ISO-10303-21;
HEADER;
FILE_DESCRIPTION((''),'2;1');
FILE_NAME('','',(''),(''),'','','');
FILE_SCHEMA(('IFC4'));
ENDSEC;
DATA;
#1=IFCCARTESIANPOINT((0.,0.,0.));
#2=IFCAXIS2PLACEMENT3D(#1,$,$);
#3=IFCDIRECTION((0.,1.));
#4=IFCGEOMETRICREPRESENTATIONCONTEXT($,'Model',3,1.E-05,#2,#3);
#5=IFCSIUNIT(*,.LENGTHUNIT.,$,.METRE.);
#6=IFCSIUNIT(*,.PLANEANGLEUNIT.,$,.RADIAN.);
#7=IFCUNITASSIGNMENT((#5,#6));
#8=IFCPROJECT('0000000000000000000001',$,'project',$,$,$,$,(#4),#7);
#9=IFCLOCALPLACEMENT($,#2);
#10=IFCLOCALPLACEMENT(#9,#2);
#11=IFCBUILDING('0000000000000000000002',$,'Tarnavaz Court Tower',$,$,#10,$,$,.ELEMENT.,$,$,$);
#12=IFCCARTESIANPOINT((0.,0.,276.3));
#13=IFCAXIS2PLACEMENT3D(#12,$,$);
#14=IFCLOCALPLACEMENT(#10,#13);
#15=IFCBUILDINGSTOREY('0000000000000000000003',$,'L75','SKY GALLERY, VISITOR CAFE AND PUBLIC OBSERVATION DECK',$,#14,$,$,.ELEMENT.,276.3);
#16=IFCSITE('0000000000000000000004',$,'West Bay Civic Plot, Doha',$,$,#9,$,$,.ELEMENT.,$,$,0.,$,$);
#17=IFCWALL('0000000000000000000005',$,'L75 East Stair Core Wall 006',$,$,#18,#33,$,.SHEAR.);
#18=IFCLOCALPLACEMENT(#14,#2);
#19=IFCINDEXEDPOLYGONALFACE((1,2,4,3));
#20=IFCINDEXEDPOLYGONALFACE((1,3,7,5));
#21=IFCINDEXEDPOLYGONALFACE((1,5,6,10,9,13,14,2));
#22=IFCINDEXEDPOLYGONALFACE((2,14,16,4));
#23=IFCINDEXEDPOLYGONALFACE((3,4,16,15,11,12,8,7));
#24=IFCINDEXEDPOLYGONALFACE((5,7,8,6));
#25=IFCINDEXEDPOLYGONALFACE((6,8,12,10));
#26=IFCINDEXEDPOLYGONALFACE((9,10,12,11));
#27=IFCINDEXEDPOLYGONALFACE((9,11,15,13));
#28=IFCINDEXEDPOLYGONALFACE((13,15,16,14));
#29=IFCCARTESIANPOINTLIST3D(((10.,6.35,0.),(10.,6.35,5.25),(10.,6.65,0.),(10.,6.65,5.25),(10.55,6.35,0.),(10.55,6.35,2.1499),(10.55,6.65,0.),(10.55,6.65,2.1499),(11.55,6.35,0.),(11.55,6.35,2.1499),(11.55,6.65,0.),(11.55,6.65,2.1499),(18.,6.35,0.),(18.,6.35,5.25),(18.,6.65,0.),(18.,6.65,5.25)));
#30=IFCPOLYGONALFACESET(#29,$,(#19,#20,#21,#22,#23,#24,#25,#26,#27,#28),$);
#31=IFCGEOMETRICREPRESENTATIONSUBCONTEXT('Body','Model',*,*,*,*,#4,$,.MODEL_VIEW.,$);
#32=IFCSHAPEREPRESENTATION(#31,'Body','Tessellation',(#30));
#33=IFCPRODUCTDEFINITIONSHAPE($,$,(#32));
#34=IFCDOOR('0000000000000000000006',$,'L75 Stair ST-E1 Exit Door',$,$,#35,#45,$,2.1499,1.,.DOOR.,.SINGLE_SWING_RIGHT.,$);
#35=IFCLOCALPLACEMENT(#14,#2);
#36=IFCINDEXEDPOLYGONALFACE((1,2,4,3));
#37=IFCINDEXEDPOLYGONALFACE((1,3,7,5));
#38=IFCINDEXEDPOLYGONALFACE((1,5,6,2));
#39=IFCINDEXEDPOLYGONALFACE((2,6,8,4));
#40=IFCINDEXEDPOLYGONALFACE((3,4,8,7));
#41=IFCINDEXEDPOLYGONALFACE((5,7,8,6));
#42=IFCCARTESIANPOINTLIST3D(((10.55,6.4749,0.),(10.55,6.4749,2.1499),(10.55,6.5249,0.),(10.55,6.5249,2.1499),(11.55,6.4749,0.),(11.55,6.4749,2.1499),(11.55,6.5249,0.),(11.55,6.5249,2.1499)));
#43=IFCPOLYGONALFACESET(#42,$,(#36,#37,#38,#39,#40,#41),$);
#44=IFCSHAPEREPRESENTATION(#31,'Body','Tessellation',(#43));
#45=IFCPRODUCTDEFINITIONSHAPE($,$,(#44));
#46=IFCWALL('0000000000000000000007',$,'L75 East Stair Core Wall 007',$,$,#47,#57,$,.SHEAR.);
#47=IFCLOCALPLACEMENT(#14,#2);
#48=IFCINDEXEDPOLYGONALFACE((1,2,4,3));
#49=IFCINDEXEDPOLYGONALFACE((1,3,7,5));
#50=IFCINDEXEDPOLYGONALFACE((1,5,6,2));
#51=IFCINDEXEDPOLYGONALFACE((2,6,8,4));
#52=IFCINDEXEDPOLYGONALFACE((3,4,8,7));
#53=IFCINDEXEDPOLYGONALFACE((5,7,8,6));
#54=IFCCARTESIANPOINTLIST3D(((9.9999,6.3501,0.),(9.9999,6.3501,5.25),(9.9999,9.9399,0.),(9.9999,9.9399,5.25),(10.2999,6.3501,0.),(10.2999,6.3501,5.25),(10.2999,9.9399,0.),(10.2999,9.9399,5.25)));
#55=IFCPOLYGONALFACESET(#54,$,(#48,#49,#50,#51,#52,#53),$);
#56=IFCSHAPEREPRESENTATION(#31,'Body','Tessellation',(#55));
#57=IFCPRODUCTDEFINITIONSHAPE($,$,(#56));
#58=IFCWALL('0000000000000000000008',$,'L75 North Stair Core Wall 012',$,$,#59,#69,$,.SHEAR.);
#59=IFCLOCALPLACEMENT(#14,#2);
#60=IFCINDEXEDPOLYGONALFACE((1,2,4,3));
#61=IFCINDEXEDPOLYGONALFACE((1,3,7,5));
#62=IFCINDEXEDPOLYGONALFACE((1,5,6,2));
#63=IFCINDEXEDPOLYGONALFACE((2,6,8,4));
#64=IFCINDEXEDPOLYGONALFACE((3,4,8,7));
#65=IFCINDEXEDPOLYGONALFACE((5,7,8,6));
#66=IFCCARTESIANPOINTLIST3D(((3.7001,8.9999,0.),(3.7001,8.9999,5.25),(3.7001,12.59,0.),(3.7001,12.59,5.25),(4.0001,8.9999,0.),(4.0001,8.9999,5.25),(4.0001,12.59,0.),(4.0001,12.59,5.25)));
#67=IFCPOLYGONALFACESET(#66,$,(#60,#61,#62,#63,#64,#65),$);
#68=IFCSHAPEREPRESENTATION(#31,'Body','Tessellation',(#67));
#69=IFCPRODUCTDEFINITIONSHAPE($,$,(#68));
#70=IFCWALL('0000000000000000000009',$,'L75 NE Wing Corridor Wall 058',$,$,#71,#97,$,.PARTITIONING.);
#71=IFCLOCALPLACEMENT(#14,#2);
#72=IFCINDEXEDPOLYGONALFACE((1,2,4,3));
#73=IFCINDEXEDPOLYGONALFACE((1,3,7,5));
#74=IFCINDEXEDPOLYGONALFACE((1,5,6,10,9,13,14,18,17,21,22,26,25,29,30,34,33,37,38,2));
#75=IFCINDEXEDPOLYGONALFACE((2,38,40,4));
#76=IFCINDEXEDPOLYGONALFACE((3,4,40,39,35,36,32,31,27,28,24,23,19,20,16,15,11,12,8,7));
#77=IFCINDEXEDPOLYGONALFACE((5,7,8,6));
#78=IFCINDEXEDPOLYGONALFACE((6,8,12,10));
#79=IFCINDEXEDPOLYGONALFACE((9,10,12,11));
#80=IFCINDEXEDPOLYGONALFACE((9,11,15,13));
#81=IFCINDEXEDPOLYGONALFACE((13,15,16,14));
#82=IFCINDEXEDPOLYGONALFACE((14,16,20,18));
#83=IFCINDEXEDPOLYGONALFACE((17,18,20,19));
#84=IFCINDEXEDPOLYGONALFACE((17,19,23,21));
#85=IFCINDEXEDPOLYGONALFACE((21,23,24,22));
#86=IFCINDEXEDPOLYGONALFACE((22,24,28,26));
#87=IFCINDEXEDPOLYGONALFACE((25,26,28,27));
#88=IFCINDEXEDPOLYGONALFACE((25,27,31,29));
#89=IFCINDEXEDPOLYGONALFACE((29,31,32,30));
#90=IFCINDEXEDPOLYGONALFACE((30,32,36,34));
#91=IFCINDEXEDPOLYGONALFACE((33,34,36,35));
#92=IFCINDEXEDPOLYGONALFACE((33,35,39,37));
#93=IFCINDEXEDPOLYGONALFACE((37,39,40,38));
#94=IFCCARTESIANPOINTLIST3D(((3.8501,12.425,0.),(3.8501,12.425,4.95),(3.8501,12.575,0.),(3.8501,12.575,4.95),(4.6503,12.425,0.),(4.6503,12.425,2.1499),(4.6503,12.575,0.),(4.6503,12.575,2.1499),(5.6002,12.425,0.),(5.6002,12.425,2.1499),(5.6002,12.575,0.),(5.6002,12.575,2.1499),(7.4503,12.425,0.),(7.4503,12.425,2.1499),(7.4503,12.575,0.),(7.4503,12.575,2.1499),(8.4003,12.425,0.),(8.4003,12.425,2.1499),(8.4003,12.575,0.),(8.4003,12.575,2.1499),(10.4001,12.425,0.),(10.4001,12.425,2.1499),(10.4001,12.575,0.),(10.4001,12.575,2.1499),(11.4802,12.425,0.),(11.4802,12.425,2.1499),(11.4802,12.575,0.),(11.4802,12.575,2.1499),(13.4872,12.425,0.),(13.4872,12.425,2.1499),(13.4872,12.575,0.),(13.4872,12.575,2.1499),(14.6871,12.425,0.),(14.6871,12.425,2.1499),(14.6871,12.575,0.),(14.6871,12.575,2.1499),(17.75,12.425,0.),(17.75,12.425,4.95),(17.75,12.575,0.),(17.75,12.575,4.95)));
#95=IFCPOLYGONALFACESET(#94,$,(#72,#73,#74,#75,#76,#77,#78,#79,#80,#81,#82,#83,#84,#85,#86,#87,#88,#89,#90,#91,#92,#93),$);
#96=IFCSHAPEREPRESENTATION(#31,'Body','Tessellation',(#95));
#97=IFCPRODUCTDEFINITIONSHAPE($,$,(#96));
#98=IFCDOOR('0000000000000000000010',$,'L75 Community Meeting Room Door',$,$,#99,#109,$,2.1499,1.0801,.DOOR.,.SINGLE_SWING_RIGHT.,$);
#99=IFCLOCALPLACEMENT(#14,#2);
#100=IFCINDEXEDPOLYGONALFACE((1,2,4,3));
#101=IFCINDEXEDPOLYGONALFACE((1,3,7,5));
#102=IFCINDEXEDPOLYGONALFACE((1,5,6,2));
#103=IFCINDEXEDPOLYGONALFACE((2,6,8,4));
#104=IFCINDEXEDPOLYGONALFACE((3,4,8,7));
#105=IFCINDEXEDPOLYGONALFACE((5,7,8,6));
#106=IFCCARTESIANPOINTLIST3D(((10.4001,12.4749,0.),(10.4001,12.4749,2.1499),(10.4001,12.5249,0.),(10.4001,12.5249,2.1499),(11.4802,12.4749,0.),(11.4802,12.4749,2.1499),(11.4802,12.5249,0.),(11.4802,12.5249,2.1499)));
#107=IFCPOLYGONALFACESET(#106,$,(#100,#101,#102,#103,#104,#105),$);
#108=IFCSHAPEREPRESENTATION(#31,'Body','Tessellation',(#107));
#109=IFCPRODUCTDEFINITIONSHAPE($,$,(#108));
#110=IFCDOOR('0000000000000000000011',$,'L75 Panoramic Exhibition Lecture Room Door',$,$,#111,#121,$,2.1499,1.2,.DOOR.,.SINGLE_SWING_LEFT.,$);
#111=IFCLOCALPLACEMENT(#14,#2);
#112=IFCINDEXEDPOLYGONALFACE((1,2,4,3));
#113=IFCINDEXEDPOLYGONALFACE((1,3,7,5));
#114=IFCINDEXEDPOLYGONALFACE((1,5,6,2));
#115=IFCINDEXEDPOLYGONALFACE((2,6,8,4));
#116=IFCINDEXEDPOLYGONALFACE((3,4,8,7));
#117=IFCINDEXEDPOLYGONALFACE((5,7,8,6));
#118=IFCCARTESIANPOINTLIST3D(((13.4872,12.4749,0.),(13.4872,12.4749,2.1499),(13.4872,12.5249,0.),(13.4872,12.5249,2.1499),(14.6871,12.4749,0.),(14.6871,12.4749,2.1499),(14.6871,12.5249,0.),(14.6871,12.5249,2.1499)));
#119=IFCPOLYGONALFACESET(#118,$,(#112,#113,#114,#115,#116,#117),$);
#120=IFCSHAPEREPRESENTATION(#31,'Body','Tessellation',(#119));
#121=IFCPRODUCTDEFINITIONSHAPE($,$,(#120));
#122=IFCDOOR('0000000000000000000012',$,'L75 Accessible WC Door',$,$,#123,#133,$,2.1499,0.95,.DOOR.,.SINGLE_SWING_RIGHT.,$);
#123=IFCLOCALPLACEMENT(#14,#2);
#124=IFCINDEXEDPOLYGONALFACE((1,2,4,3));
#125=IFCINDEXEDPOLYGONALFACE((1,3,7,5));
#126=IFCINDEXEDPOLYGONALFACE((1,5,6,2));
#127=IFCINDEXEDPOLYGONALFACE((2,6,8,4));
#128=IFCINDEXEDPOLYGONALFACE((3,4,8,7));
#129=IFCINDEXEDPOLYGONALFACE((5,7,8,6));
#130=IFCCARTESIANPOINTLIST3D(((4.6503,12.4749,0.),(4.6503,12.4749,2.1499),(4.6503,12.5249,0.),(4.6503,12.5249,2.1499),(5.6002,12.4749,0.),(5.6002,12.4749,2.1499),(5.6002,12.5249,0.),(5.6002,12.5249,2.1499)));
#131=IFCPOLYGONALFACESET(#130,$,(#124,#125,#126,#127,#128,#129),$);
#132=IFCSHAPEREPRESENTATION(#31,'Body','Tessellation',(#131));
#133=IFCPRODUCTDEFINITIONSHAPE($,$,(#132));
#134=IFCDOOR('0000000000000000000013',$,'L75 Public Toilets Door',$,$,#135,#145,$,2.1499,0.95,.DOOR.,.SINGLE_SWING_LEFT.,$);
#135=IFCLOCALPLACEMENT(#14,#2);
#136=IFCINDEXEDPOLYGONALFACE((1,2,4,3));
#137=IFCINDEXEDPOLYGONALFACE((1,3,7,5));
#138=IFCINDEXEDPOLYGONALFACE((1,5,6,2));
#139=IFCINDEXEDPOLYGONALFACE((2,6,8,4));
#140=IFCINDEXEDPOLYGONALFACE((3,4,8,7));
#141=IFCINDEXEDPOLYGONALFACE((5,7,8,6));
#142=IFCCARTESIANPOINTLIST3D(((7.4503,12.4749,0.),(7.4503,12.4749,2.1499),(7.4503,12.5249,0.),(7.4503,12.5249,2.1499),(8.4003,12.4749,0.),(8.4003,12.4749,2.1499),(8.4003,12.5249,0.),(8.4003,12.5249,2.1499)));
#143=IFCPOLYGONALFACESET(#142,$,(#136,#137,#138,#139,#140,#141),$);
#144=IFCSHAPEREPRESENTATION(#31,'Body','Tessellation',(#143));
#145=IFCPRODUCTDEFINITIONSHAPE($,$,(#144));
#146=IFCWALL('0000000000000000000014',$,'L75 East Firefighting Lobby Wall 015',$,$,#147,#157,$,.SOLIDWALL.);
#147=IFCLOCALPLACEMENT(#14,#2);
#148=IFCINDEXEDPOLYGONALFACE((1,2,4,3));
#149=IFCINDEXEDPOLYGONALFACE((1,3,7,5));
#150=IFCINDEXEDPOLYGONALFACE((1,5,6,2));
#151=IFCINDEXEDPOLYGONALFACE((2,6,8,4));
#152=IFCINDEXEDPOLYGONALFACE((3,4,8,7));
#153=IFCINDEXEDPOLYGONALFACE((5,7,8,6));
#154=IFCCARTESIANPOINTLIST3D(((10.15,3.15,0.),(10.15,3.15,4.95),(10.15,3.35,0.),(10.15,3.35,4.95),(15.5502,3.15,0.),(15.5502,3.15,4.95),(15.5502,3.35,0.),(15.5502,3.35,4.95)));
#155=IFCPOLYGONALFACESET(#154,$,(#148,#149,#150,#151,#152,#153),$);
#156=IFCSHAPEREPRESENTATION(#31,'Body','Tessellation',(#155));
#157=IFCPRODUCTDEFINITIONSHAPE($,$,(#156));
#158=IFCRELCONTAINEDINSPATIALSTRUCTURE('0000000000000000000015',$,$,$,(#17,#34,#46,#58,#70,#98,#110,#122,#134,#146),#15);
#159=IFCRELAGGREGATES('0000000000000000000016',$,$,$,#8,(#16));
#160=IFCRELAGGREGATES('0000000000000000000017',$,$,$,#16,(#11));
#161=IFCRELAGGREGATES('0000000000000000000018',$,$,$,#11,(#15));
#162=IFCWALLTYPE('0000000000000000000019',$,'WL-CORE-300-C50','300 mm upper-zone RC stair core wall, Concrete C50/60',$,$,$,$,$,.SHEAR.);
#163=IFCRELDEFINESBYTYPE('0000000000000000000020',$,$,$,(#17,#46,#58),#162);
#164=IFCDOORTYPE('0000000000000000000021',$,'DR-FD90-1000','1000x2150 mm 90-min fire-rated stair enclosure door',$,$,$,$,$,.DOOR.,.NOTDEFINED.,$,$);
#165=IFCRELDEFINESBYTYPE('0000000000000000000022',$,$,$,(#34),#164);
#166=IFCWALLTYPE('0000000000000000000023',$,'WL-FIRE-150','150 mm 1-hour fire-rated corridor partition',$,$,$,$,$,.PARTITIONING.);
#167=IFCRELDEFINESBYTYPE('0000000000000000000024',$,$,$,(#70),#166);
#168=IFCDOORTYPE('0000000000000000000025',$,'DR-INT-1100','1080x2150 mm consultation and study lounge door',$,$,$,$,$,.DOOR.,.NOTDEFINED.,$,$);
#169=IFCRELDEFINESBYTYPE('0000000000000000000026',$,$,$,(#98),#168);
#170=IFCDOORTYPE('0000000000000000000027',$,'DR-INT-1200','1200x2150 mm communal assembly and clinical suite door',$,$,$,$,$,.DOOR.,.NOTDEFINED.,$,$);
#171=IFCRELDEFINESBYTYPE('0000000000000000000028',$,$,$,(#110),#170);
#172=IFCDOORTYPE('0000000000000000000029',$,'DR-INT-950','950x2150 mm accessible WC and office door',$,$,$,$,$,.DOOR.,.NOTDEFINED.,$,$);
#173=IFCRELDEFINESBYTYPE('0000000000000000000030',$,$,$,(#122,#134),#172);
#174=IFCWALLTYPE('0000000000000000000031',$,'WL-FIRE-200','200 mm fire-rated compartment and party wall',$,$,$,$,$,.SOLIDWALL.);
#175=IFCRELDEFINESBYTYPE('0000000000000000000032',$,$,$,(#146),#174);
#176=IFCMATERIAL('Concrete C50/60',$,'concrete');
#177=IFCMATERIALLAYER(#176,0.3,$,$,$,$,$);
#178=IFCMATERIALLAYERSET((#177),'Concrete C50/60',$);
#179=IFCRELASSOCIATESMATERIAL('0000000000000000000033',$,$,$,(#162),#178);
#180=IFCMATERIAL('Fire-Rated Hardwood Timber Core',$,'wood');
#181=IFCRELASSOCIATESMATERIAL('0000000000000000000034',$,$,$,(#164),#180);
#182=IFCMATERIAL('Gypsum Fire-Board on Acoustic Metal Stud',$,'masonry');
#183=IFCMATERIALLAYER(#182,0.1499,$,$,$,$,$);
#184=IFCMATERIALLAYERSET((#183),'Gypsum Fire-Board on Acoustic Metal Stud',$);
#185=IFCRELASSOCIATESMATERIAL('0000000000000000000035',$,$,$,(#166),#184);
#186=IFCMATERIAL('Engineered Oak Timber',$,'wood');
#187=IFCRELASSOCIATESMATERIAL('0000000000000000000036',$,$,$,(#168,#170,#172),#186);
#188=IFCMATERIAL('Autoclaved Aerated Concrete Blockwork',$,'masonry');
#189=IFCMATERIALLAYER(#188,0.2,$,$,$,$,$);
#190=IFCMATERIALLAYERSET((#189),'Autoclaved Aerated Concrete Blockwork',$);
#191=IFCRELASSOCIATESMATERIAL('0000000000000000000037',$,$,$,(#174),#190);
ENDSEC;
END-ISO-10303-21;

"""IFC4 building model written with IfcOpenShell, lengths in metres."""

from ifc_helpers import new_model, si_unit, direction, frame, frame_2d, origin, place, context, subcontext, project, spatial, rectangle, extrude, material, layer, layer_set, type_object, element, fill, save


model = new_model("IFC4")

# Units and contexts
model_context = context("Model", 3, precision=1e-05, world=origin(), true_north=direction((0.0, 1.0)))
body_context = subcontext(model_context, "Body", "Model", "MODEL_VIEW")
ifc_project = project(units=[si_unit("LENGTHUNIT", "METRE"), si_unit("PLANEANGLEUNIT", "RADIAN")], contexts=[model_context])

# Site, building, storey
site_placement = place(None, origin())
site = spatial("IfcSite", under=ifc_project, at=site_placement, Name="West Bay Civic Plot, Doha", CompositionType="ELEMENT", RefElevation=0.0)
building_placement = place(site_placement, origin())
building = spatial("IfcBuilding", under=site, at=building_placement, Name="Tarnavaz Court Tower", CompositionType="ELEMENT")
storey_placement = place(building_placement, frame((0.0, 0.0, 276.3)))
storey = spatial("IfcBuildingStorey", under=building, at=storey_placement, Name="L75", Description="SKY GALLERY, VISITOR CAFE AND PUBLIC OBSERVATION DECK", CompositionType="ELEMENT", Elevation=276.3)

# Shared definitions
ifc_material_1 = material(Name="Concrete C50/60", Category="concrete")

# Shared definitions
ifc_layer_1 = layer(ifc_material_1, 0.3)
ifc_layer_set_1 = layer_set([ifc_layer_1], Name="Concrete C50/60")
wall_type_1 = type_object("IfcWallType", Name="WL-CORE-300-C50", Description="300 mm upper-zone RC stair core wall, Concrete C50/60", PredefinedType="SHEAR", material=ifc_layer_set_1)

# Wall, opening, door
wall_1_placement = place(storey_placement, frame((10.0, 6.5, 0.0), z_axis=(0.0, 0.0, 1.0), x_axis=(1.0, 0.0, 0.0)))
wall_1 = element("IfcWall", 1, at=wall_1_placement, inside=storey, type_object=wall_type_1, Name="L75 East Stair Core Wall 006", PredefinedType="SHEAR", context=body_context, shape_type="SweptSolid", body=[
    extrude(rectangle(XDim=8.0, YDim=0.3, at=frame_2d((4.0, 0.0))), origin(), (0.0, 0.0, 1.0), 5.25),
])
opening_1_placement = place(wall_1_placement, frame((0.55, 0.0, 0.0)))
opening_1 = element("IfcOpeningElement", 2, at=opening_1_placement, cuts=wall_1, PredefinedType="OPENING", context=body_context, shape_type="SweptSolid", body=[
    extrude(rectangle(XDim=1.0, YDim=2.1499, at=frame_2d((0.5, 1.075))), frame((0.0, 0.1599, 0.0), z_axis=(0.0, -1.0, 0.0), x_axis=(1.0, 0.0, 0.0)), (0.0, 0.0, 1.0), 0.3201),
])
ifc_material_2 = material(Name="Fire-Rated Hardwood Timber Core", Category="wood")
door_type_1 = type_object("IfcDoorType", Name="DR-FD90-1000", Description="1000x2150 mm 90-min fire-rated stair enclosure door", OperationType="NOTDEFINED", PredefinedType="DOOR", material=ifc_material_2)
door_1_placement = place(opening_1_placement, origin())
door_1 = element("IfcDoor", 3, at=door_1_placement, inside=storey, type_object=door_type_1, Name="L75 Stair ST-E1 Exit Door", OperationType="SINGLE_SWING_RIGHT", OverallHeight=2.1499, OverallWidth=1.0, PredefinedType="DOOR", context=body_context, shape_type="SweptSolid", body=[
    extrude(rectangle(XDim=1.0, YDim=2.1499, at=frame_2d((0.5, 1.075))), frame((0.0, 0.0249, 0.0), z_axis=(0.0, -1.0, 0.0), x_axis=(1.0, 0.0, 0.0)), (0.0, 0.0, 1.0), 0.05),
])
fill(opening_1, door_1)

# Walls
wall_2_placement = place(storey_placement, frame((10.1499, 6.3501, 0.0), z_axis=(0.0, 0.0, 1.0), x_axis=(0.0, 1.0, 0.0)))
element("IfcWall", 4, at=wall_2_placement, inside=storey, type_object=wall_type_1, Name="L75 East Stair Core Wall 007", PredefinedType="SHEAR", context=body_context, shape_type="SweptSolid", body=[
    extrude(rectangle(XDim=3.5898, YDim=0.3, at=frame_2d((1.7949, 0.0))), origin(), (0.0, 0.0, 1.0), 5.25),
])
wall_3_placement = place(storey_placement, frame((3.8501, 9.0, 0.0), z_axis=(0.0, 0.0, 1.0), x_axis=(0.0, 1.0, 0.0)))
element("IfcWall", 5, at=wall_3_placement, inside=storey, type_object=wall_type_1, Name="L75 North Stair Core Wall 012", PredefinedType="SHEAR", context=body_context, shape_type="SweptSolid", body=[
    extrude(rectangle(XDim=3.5901, YDim=0.3, at=frame_2d((1.7949, 0.0))), origin(), (0.0, 0.0, 1.0), 5.25),
])

# Wall, openings, doors
ifc_material_3 = material(Name="Gypsum Fire-Board on Acoustic Metal Stud", Category="masonry")
ifc_layer_2 = layer(ifc_material_3, 0.1499)
ifc_layer_set_2 = layer_set([ifc_layer_2], Name="Gypsum Fire-Board on Acoustic Metal Stud")
wall_type_2 = type_object("IfcWallType", Name="WL-FIRE-150", Description="150 mm 1-hour fire-rated corridor partition", PredefinedType="PARTITIONING", material=ifc_layer_set_2)
wall_4_placement = place(storey_placement, frame((3.8501, 12.5, 0.0), z_axis=(0.0, 0.0, 1.0), x_axis=(1.0, 0.0, 0.0)))
wall_4 = element("IfcWall", 6, at=wall_4_placement, inside=storey, type_object=wall_type_2, Name="L75 NE Wing Corridor Wall 058", PredefinedType="PARTITIONING", context=body_context, shape_type="SweptSolid", body=[
    extrude(rectangle(XDim=13.8999, YDim=0.1499, at=frame_2d((6.95, 0.0))), origin(), (0.0, 0.0, 1.0), 4.95),
])
opening_2_placement = place(wall_4_placement, frame((0.8, 0.0, 0.0)))
opening_2 = element("IfcOpeningElement", 7, at=opening_2_placement, cuts=wall_4, PredefinedType="OPENING", context=body_context, shape_type="SweptSolid", body=[
    extrude(rectangle(XDim=0.95, YDim=2.1499, at=frame_2d((0.4751, 1.075))), frame((0.0, 0.085, 0.0), z_axis=(0.0, -1.0, 0.0), x_axis=(1.0, 0.0, 0.0)), (0.0, 0.0, 1.0), 0.1699),
])
opening_3_placement = place(wall_4_placement, frame((3.6001, 0.0, 0.0)))
opening_3 = element("IfcOpeningElement", 8, at=opening_3_placement, cuts=wall_4, PredefinedType="OPENING", context=body_context, shape_type="SweptSolid", body=[
    extrude(rectangle(XDim=0.95, YDim=2.1499, at=frame_2d((0.4751, 1.075))), frame((0.0, 0.085, 0.0), z_axis=(0.0, -1.0, 0.0), x_axis=(1.0, 0.0, 0.0)), (0.0, 0.0, 1.0), 0.1699),
])
opening_4_placement = place(wall_4_placement, frame((6.55, 0.0, 0.0)))
opening_4 = element("IfcOpeningElement", 9, at=opening_4_placement, cuts=wall_4, PredefinedType="OPENING", context=body_context, shape_type="SweptSolid", body=[
    extrude(rectangle(XDim=1.0801, YDim=2.1499, at=frame_2d((0.54, 1.075))), frame((0.0, 0.085, 0.0), z_axis=(0.0, -1.0, 0.0), x_axis=(1.0, 0.0, 0.0)), (0.0, 0.0, 1.0), 0.1699),
])
opening_5_placement = place(wall_4_placement, frame((9.637, 0.0, 0.0)))
opening_5 = element("IfcOpeningElement", 10, at=opening_5_placement, cuts=wall_4, PredefinedType="OPENING", context=body_context, shape_type="SweptSolid", body=[
    extrude(rectangle(XDim=1.2, YDim=2.1499, at=frame_2d((0.6001, 1.075))), frame((0.0, 0.085, 0.0), z_axis=(0.0, -1.0, 0.0), x_axis=(1.0, 0.0, 0.0)), (0.0, 0.0, 1.0), 0.1699),
])
ifc_material_4 = material(Name="Engineered Oak Timber", Category="wood")
door_type_2 = type_object("IfcDoorType", Name="DR-INT-1100", Description="1080x2150 mm consultation and study lounge door", OperationType="NOTDEFINED", PredefinedType="DOOR", material=ifc_material_4)
door_2_placement = place(opening_4_placement, origin())
door_2 = element("IfcDoor", 11, at=door_2_placement, inside=storey, type_object=door_type_2, Name="L75 Community Meeting Room Door", OperationType="SINGLE_SWING_RIGHT", OverallHeight=2.1499, OverallWidth=1.0801, PredefinedType="DOOR", context=body_context, shape_type="SweptSolid", body=[
    extrude(rectangle(XDim=1.0801, YDim=2.1499, at=frame_2d((0.54, 1.075))), frame((0.0, 0.0249, 0.0), z_axis=(0.0, -1.0, 0.0), x_axis=(1.0, 0.0, 0.0)), (0.0, 0.0, 1.0), 0.05),
])
fill(opening_4, door_2)
door_type_3 = type_object("IfcDoorType", Name="DR-INT-1200", Description="1200x2150 mm communal assembly and clinical suite door", OperationType="NOTDEFINED", PredefinedType="DOOR", material=ifc_material_4)
door_3_placement = place(opening_5_placement, origin())
door_3 = element("IfcDoor", 12, at=door_3_placement, inside=storey, type_object=door_type_3, Name="L75 Panoramic Exhibition Lecture Room Door", OperationType="SINGLE_SWING_LEFT", OverallHeight=2.1499, OverallWidth=1.2, PredefinedType="DOOR", context=body_context, shape_type="SweptSolid", body=[
    extrude(rectangle(XDim=1.2, YDim=2.1499, at=frame_2d((0.6001, 1.075))), frame((0.0, 0.0249, 0.0), z_axis=(0.0, -1.0, 0.0), x_axis=(1.0, 0.0, 0.0)), (0.0, 0.0, 1.0), 0.05),
])
fill(opening_5, door_3)
door_type_4 = type_object("IfcDoorType", Name="DR-INT-950", Description="950x2150 mm accessible WC and office door", OperationType="NOTDEFINED", PredefinedType="DOOR", material=ifc_material_4)
door_4_placement = place(opening_2_placement, origin())
door_4 = element("IfcDoor", 13, at=door_4_placement, inside=storey, type_object=door_type_4, Name="L75 Accessible WC Door", OperationType="SINGLE_SWING_RIGHT", OverallHeight=2.1499, OverallWidth=0.95, PredefinedType="DOOR", context=body_context, shape_type="SweptSolid", body=[
    extrude(rectangle(XDim=0.95, YDim=2.1499, at=frame_2d((0.4751, 1.075))), frame((0.0, 0.0249, 0.0), z_axis=(0.0, -1.0, 0.0), x_axis=(1.0, 0.0, 0.0)), (0.0, 0.0, 1.0), 0.05),
])
fill(opening_2, door_4)
door_5_placement = place(opening_3_placement, origin())
door_5 = element("IfcDoor", 14, at=door_5_placement, inside=storey, type_object=door_type_4, Name="L75 Public Toilets Door", OperationType="SINGLE_SWING_LEFT", OverallHeight=2.1499, OverallWidth=0.95, PredefinedType="DOOR", context=body_context, shape_type="SweptSolid", body=[
    extrude(rectangle(XDim=0.95, YDim=2.1499, at=frame_2d((0.4751, 1.075))), frame((0.0, 0.0249, 0.0), z_axis=(0.0, -1.0, 0.0), x_axis=(1.0, 0.0, 0.0)), (0.0, 0.0, 1.0), 0.05),
])
fill(opening_3, door_5)

# Wall
ifc_material_5 = material(Name="Autoclaved Aerated Concrete Blockwork", Category="masonry")
ifc_layer_3 = layer(ifc_material_5, 0.2)
ifc_layer_set_3 = layer_set([ifc_layer_3], Name="Autoclaved Aerated Concrete Blockwork")
wall_type_3 = type_object("IfcWallType", Name="WL-FIRE-200", Description="200 mm fire-rated compartment and party wall", PredefinedType="SOLIDWALL", material=ifc_layer_set_3)
wall_5_placement = place(storey_placement, frame((10.1499, 3.25, 0.0), z_axis=(0.0, 0.0, 1.0), x_axis=(1.0, 0.0, 0.0)))
element("IfcWall", 15, at=wall_5_placement, inside=storey, type_object=wall_type_3, Name="L75 East Firefighting Lobby Wall 015", PredefinedType="SOLIDWALL", context=body_context, shape_type="SweptSolid", body=[
    extrude(rectangle(XDim=5.4001, YDim=0.2, at=frame_2d((2.7002, 0.0))), origin(), (0.0, 0.0, 1.0), 4.95),
])

save(model, "model.ifc")
